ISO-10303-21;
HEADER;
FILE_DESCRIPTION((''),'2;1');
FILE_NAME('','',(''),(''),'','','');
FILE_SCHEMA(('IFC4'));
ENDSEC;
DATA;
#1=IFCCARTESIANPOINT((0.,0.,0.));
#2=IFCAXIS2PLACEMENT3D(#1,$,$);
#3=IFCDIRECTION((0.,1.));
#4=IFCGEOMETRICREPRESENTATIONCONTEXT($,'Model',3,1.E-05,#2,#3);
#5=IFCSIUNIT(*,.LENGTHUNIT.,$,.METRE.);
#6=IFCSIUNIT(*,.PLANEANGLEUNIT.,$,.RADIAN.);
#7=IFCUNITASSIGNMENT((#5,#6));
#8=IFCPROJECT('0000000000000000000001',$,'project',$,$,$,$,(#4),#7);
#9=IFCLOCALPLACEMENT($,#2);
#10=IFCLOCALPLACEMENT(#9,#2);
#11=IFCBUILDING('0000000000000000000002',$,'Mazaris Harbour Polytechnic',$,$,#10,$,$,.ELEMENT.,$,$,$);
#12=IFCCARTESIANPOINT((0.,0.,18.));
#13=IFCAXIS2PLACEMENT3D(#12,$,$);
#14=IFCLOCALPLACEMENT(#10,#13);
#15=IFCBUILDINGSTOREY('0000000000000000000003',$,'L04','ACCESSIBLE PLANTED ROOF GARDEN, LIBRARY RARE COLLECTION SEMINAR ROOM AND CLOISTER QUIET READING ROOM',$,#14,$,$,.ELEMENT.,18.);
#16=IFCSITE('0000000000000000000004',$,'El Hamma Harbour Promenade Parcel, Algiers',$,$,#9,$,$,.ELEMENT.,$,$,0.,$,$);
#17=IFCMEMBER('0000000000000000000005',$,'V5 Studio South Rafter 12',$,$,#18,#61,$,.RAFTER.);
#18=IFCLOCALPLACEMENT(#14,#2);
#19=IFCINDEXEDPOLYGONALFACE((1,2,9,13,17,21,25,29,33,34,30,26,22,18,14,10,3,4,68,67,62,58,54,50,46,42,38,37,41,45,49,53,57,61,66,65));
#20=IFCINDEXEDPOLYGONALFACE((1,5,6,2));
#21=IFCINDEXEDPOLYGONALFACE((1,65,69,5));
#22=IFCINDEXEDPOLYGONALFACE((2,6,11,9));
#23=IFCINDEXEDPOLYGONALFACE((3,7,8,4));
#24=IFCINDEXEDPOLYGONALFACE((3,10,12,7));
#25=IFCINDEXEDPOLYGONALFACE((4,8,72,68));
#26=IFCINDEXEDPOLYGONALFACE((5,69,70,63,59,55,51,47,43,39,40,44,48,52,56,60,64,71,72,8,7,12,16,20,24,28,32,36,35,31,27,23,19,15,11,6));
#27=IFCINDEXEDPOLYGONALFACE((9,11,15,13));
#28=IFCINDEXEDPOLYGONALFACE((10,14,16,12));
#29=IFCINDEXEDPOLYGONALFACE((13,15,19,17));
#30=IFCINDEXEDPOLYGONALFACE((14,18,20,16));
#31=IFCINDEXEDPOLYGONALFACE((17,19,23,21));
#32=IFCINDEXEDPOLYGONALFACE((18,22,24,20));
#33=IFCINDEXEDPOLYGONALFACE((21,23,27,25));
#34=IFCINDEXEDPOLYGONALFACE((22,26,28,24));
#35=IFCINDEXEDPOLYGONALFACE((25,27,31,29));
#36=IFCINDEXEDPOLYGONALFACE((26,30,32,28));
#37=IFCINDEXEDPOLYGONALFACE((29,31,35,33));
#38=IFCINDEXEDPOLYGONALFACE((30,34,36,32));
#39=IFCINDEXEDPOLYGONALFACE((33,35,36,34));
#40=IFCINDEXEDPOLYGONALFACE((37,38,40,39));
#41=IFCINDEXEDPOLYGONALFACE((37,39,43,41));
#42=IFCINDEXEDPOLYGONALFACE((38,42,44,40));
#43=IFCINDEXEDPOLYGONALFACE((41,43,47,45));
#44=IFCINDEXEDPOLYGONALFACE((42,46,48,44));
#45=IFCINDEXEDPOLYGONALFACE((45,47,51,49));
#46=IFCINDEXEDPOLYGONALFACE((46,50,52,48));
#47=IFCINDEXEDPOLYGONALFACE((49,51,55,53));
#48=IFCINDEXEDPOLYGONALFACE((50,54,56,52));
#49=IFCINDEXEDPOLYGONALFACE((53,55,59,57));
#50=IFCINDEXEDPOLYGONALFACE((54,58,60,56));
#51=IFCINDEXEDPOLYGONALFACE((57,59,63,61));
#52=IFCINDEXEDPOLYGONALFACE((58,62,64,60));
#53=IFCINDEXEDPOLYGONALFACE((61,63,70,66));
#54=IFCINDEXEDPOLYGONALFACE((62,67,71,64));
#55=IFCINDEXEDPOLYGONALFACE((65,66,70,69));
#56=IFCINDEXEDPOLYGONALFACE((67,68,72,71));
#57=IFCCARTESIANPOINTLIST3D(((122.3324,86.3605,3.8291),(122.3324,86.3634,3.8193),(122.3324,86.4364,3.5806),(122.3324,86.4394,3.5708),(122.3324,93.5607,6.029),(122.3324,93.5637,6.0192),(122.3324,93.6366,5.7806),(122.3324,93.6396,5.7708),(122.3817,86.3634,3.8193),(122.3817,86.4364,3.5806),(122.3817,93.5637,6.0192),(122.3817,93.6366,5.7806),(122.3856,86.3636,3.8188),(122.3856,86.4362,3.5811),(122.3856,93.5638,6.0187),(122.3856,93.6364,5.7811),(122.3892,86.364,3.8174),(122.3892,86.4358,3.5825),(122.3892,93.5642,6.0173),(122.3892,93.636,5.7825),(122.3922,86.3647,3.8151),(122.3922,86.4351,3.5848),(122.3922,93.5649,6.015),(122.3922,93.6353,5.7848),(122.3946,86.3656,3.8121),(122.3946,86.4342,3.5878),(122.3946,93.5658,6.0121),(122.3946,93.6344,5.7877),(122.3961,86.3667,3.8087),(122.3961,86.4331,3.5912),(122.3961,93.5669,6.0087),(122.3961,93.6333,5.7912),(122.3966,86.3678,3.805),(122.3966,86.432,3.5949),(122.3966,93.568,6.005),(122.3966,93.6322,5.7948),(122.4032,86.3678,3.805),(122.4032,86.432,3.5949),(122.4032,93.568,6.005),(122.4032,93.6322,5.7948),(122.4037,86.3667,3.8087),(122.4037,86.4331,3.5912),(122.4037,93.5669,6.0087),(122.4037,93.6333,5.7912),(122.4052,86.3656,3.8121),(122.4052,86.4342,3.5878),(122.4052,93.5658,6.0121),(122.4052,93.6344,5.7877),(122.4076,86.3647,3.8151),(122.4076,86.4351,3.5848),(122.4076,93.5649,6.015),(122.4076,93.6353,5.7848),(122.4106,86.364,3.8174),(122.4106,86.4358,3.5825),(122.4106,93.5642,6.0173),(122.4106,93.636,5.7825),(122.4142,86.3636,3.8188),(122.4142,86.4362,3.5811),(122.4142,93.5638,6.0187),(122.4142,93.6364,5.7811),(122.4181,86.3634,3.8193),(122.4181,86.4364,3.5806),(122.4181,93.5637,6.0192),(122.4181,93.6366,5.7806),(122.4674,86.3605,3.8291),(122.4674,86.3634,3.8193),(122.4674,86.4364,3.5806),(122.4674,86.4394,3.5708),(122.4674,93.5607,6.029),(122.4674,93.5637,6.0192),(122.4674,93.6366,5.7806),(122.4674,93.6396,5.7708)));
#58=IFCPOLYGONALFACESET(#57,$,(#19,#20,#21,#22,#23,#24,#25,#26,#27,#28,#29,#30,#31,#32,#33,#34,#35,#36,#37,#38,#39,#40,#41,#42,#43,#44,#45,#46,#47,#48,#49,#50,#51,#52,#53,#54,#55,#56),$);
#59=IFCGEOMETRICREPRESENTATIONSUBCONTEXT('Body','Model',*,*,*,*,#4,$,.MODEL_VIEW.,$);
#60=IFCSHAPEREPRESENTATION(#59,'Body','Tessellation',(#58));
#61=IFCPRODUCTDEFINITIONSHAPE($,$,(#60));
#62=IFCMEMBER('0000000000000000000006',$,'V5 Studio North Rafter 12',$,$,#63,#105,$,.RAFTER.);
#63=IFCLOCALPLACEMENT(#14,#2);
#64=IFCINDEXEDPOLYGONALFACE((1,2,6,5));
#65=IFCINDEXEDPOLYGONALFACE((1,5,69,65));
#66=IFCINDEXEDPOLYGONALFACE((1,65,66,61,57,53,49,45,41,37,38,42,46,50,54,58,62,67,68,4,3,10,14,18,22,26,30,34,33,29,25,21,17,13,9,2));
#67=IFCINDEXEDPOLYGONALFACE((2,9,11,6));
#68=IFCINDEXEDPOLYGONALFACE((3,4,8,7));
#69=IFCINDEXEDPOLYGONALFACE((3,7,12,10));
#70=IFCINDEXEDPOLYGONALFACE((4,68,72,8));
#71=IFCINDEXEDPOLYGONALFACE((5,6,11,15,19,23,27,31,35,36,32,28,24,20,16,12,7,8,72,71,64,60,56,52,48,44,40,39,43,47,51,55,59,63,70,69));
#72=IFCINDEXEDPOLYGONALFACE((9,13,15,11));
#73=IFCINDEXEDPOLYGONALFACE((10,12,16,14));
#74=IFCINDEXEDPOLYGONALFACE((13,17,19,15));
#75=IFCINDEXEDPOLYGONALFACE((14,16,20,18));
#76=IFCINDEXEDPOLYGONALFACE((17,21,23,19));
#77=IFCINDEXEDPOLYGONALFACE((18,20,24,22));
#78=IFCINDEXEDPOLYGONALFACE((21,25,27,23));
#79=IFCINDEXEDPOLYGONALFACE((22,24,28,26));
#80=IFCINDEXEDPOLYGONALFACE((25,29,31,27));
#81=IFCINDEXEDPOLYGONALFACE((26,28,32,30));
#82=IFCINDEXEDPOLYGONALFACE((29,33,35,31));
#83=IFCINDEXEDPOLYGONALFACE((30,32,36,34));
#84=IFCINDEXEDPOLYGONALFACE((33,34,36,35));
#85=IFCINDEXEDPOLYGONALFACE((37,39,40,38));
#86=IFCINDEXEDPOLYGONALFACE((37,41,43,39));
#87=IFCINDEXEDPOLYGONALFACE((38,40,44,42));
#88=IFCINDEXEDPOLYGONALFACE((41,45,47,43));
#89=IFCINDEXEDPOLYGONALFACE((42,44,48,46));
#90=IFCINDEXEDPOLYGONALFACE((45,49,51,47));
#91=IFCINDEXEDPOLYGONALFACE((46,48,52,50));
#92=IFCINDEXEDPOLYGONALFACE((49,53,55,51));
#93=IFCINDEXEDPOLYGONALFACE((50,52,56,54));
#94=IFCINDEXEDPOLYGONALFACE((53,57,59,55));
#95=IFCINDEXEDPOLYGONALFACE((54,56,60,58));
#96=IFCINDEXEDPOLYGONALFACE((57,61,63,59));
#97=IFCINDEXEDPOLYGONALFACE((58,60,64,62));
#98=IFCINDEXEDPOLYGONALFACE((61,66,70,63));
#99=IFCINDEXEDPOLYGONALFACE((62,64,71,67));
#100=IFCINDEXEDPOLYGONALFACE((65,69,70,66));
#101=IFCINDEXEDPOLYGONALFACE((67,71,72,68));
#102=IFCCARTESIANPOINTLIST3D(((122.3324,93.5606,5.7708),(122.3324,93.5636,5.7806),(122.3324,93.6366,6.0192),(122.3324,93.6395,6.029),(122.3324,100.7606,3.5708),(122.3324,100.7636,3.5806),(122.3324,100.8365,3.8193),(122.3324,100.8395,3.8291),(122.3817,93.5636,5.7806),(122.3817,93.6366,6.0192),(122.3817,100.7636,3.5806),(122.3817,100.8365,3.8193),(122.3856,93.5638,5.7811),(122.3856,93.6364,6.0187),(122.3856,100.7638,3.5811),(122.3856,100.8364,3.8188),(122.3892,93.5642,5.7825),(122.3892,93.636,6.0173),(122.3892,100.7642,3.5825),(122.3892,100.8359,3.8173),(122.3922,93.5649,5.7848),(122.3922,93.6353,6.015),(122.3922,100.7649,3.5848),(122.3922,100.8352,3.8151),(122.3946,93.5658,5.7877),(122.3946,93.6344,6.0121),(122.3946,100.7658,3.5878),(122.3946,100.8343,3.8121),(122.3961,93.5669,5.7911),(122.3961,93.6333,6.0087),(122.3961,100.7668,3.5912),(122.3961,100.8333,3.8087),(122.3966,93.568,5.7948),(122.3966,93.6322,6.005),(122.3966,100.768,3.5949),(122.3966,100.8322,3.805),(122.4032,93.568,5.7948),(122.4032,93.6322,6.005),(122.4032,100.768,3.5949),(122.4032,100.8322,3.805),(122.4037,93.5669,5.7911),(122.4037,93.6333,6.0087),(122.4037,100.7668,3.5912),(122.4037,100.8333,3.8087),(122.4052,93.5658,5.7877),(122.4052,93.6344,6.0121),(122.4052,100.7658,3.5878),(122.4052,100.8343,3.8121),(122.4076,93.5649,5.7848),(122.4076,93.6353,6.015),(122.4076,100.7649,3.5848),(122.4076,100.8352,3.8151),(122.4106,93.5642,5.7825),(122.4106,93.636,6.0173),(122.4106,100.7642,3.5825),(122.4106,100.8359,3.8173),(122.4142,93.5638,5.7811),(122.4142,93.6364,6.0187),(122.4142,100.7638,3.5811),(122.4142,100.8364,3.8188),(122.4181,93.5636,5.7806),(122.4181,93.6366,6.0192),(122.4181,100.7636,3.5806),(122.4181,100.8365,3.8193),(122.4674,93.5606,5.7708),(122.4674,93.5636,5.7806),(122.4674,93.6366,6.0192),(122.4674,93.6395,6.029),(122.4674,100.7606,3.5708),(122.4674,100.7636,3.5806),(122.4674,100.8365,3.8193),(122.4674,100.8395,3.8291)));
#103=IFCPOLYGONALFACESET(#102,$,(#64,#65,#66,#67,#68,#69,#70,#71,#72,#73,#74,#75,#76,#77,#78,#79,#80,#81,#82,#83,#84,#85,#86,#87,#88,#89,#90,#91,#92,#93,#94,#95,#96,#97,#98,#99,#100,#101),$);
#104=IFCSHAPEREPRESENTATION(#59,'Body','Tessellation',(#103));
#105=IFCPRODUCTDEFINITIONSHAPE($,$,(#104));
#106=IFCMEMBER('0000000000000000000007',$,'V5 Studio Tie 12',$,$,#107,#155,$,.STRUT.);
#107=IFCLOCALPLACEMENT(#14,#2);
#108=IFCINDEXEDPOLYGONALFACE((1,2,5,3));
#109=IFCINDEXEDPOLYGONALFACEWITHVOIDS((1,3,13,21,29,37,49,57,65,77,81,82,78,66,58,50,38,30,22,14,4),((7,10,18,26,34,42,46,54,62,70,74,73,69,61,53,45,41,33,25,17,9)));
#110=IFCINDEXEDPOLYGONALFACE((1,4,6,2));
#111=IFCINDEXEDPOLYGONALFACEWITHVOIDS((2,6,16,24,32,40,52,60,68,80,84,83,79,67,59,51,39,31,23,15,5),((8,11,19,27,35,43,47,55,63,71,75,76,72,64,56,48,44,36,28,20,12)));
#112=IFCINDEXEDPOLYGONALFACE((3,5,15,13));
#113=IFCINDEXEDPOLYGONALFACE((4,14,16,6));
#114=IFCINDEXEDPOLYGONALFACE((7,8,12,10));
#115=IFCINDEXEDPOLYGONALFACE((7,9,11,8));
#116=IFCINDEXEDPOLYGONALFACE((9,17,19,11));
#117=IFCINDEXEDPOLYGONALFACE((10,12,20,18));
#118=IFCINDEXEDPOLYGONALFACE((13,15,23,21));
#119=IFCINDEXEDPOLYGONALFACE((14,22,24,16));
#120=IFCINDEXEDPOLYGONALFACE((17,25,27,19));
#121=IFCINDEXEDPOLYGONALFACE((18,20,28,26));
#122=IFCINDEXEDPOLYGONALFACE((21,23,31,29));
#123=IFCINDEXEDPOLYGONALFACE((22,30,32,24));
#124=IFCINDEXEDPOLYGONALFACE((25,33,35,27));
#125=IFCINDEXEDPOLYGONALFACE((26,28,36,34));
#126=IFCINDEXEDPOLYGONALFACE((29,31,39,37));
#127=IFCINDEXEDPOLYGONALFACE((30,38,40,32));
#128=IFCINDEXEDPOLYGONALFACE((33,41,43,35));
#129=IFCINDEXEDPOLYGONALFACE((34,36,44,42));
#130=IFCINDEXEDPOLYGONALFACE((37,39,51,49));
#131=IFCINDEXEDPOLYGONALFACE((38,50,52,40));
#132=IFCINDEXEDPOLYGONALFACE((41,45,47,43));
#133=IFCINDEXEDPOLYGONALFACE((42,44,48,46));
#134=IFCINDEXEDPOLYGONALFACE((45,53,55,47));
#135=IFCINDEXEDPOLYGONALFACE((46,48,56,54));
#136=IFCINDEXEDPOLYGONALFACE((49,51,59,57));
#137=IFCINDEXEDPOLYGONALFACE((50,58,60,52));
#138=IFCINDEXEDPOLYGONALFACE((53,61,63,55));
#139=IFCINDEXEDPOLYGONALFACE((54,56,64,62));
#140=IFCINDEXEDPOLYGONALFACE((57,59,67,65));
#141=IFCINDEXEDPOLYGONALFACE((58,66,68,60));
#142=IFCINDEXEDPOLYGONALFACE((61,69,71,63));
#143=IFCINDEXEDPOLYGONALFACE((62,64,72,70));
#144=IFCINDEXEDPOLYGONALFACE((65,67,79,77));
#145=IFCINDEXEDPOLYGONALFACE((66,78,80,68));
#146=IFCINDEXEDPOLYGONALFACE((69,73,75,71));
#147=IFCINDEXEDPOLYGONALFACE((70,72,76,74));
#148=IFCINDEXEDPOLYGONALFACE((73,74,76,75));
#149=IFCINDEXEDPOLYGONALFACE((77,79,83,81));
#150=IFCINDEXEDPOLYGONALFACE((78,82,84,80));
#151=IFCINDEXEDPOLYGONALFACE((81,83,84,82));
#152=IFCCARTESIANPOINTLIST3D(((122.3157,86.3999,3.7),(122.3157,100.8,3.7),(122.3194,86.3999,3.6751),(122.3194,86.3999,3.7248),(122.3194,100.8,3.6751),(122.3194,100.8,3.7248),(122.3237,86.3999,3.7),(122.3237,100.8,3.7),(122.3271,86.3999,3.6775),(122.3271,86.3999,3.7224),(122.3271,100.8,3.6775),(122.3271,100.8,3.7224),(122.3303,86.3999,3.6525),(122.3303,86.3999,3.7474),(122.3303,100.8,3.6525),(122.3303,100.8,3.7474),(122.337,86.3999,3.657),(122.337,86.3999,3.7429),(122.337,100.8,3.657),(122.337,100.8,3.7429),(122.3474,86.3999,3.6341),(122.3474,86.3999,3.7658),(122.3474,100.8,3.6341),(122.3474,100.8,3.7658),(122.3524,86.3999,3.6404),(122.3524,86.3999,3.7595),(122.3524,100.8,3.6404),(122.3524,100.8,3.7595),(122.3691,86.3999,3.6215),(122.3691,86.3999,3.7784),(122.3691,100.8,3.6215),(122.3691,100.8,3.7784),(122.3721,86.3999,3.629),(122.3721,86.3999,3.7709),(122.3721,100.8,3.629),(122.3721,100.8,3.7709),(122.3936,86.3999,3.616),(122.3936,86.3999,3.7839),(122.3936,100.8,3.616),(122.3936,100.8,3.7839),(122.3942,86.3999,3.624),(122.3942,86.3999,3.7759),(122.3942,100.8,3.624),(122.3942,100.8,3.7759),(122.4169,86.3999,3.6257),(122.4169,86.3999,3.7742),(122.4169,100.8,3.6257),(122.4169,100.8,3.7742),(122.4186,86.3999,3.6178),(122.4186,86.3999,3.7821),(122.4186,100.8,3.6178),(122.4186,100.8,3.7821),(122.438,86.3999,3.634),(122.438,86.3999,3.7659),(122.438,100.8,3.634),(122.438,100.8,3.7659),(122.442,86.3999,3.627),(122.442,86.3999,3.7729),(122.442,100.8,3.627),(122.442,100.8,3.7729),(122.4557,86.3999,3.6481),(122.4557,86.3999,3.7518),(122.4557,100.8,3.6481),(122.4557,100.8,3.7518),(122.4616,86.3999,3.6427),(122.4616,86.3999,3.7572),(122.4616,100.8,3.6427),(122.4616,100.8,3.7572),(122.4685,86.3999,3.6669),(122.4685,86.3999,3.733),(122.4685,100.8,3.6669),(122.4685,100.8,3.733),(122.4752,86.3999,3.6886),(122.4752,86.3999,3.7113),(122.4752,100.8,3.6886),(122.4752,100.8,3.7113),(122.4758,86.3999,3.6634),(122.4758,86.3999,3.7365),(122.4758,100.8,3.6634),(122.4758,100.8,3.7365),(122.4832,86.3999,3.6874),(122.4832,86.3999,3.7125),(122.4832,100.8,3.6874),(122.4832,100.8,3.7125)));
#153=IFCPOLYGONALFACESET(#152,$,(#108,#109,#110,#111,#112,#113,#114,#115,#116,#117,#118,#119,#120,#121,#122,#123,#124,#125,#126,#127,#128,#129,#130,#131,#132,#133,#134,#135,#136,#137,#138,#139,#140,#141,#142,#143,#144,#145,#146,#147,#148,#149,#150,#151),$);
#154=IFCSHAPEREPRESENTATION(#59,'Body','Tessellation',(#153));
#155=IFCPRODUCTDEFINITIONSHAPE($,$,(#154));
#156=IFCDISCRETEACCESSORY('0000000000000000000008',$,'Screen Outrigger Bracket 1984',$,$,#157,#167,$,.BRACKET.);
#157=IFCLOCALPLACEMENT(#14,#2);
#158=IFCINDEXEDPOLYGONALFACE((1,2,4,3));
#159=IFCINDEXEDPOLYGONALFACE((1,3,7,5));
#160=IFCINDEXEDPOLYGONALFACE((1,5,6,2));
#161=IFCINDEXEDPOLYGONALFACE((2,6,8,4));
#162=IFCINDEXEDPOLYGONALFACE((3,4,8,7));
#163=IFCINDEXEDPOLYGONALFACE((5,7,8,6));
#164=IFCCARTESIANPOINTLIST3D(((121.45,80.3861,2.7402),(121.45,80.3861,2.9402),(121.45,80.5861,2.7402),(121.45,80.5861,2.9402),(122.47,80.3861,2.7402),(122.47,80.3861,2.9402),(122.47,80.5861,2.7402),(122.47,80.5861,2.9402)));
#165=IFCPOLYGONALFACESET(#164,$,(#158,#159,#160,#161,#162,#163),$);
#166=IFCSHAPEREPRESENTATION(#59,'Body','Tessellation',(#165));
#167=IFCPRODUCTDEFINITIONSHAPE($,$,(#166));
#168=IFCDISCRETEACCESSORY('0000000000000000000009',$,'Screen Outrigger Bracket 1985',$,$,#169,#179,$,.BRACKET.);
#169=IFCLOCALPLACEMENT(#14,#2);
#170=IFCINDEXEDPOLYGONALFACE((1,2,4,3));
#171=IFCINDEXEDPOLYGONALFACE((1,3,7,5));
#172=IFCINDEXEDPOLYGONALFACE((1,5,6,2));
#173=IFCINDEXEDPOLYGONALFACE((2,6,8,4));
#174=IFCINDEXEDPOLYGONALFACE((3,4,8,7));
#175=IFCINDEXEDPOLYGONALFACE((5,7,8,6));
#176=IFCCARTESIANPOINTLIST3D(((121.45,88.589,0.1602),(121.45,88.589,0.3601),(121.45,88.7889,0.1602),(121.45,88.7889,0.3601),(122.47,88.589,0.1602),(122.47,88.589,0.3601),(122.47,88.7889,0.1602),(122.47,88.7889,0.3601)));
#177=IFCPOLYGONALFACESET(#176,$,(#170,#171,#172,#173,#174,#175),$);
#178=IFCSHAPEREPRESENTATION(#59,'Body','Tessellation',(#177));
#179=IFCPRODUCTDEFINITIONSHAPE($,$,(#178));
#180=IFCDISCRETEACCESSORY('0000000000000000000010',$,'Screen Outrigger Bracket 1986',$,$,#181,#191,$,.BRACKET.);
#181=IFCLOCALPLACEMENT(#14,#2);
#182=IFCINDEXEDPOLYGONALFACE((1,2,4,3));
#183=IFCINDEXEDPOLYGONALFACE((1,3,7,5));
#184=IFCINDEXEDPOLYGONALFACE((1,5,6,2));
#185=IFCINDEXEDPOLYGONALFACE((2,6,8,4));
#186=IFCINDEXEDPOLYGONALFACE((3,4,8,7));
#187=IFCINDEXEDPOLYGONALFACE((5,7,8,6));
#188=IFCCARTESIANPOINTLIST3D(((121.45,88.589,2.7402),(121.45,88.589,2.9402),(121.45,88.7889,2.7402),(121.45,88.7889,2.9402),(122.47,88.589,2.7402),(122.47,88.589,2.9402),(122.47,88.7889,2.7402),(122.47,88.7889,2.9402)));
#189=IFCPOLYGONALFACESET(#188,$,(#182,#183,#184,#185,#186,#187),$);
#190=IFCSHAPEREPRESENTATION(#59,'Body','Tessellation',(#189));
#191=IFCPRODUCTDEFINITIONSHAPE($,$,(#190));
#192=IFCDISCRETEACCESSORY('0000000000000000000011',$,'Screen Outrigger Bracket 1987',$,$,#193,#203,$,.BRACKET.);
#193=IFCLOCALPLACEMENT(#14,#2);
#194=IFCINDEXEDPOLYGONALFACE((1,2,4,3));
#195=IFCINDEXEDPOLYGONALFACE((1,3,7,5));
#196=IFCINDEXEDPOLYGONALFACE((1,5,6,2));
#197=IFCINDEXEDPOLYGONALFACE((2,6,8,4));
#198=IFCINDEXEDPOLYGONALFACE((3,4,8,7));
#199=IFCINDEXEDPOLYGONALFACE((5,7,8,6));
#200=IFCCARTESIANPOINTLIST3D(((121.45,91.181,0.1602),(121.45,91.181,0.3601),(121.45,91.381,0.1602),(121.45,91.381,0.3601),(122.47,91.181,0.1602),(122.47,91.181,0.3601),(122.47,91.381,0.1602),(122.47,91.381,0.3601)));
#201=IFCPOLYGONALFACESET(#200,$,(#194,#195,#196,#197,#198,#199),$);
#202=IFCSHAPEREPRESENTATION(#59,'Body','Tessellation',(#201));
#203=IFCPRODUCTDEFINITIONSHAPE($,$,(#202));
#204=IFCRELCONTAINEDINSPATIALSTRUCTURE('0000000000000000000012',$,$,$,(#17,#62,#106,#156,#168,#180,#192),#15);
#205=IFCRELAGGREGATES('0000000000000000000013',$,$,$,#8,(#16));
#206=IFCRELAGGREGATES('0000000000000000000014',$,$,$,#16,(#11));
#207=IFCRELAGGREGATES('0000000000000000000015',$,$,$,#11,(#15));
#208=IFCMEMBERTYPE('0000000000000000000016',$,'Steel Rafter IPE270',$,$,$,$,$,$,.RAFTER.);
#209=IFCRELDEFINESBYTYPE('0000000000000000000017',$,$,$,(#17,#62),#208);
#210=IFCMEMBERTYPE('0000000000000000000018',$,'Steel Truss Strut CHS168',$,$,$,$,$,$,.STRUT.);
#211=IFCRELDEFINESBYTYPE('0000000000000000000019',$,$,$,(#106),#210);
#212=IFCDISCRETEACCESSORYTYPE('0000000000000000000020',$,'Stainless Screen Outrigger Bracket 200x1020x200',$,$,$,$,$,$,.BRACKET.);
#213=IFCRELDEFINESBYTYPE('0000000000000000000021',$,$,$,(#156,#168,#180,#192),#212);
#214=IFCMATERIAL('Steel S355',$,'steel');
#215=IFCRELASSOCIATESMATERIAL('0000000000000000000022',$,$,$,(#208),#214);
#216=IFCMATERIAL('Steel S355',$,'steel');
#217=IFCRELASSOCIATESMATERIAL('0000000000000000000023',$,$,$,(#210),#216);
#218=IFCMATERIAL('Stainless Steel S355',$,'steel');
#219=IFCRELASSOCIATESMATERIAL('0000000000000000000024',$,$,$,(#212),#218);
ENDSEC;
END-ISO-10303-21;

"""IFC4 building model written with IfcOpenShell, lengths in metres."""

from ifc_helpers import new_model, si_unit, direction, frame, origin, origin_2d, place, context, subcontext, project, spatial, rectangle, hollow_circle, i_section, extrude, material, material_profile, profile_set, type_object, element, save


model = new_model("IFC4")

# Units and contexts
model_context = context("Model", 3, precision=1e-05, world=origin(), true_north=direction((0.0, 1.0)))
body_context = subcontext(model_context, "Body", "Model", "MODEL_VIEW")
ifc_project = project(units=[si_unit("LENGTHUNIT", "METRE"), si_unit("PLANEANGLEUNIT", "RADIAN")], contexts=[model_context])

# Site, building, storey
site_placement = place(None, origin())
site = spatial("IfcSite", under=ifc_project, at=site_placement, Name="El Hamma Harbour Promenade Parcel, Algiers", CompositionType="ELEMENT", RefElevation=0.0)
building_placement = place(site_placement, origin())
building = spatial("IfcBuilding", under=site, at=building_placement, Name="Mazaris Harbour Polytechnic", CompositionType="ELEMENT")
storey_placement = place(building_placement, frame((0.0, 0.0, 18.0)))
storey = spatial("IfcBuildingStorey", under=building, at=storey_placement, Name="L04", Description="ACCESSIBLE PLANTED ROOF GARDEN, LIBRARY RARE COLLECTION SEMINAR ROOM AND CLOISTER QUIET READING ROOM", CompositionType="ELEMENT", Elevation=18.0)

# Members
ifc_material_1 = material(Name="Steel S355", Category="steel")
ifc_material_profile_1 = material_profile(ifc_material_1, i_section(OverallWidth=0.135, OverallDepth=0.27, WebThickness=0.0066, FlangeThickness=0.0103, FilletRadius=0.0149, at=origin_2d()), Name="IPE 270")
ifc_profile_set_1 = profile_set([ifc_material_profile_1], Name="Steel S355")
member_type_1 = type_object("IfcMemberType", Name="Steel Rafter IPE270", PredefinedType="RAFTER", material=ifc_profile_set_1)
member_1_placement = place(storey_placement, frame((122.3999, 86.3999, 3.7), z_axis=(0.0, 0.956356, 0.292205), x_axis=(-1.0, 0.0, 0.0)))
element("IfcMember", 1, at=member_1_placement, inside=storey, type_object=member_type_1, Name="V5 Studio South Rafter 12", PredefinedType="RAFTER", context=body_context, shape_type="SweptSolid", body=[
    extrude(i_section(OverallWidth=0.135, OverallDepth=0.27, WebThickness=0.0066, FlangeThickness=0.0103, FilletRadius=0.0149, at=origin_2d()), origin(), (0.0, 0.0, 1.0), 7.5288),
])
member_2_placement = place(storey_placement, frame((122.3999, 93.6001, 5.8999), z_axis=(0.0, 0.956353, -0.292214), x_axis=(-1.0, 0.0, 0.0)))
element("IfcMember", 2, at=member_2_placement, inside=storey, type_object=member_type_1, Name="V5 Studio North Rafter 12", PredefinedType="RAFTER", context=body_context, shape_type="SweptSolid", body=[
    extrude(i_section(OverallWidth=0.135, OverallDepth=0.27, WebThickness=0.0066, FlangeThickness=0.0103, FilletRadius=0.0149, at=origin_2d()), origin(), (0.0, 0.0, 1.0), 7.5286),
])
ifc_material_2 = material(Name="Steel S355", Category="steel")
ifc_material_profile_2 = material_profile(ifc_material_2, hollow_circle(Radius=0.0842, WallThickness=0.0081, at=origin_2d()), Name="CHS 168.3x8.0")
ifc_profile_set_2 = profile_set([ifc_material_profile_2], Name="Steel S355")
member_type_2 = type_object("IfcMemberType", Name="Steel Truss Strut CHS168", PredefinedType="STRUT", material=ifc_profile_set_2)
member_3_placement = place(storey_placement, frame((122.3999, 86.3999, 3.7), z_axis=(0.0, 1.0, 0.0), x_axis=(-1.0, 0.0, 0.0)))
element("IfcMember", 3, at=member_3_placement, inside=storey, type_object=member_type_2, Name="V5 Studio Tie 12", PredefinedType="STRUT", context=body_context, shape_type="SweptSolid", body=[
    extrude(hollow_circle(Radius=0.0842, WallThickness=0.0081, at=origin_2d()), origin(), (0.0, 0.0, 1.0), 14.4001),
])

# Discrete accessories
ifc_material_3 = material(Name="Stainless Steel S355", Category="steel")
discrete_accessory_type = type_object("IfcDiscreteAccessoryType", Name="Stainless Screen Outrigger Bracket 200x1020x200", PredefinedType="BRACKET", material=ifc_material_3)
for number, where, z_axis, x_axis, name in (
    (4, (121.96, 80.4861, 2.7402), (0.0, 0.0, 1.0), (0.0, 1.0, 0.0), "Screen Outrigger Bracket 1984"),
    (5, (121.96, 88.689, 0.1602), (0.0, 0.0, 1.0), (0.0, 1.0, 0.0), "Screen Outrigger Bracket 1985"),
    (6, (121.96, 88.689, 2.7402), (0.0, 0.0, 1.0), (0.0, 1.0, 0.0), "Screen Outrigger Bracket 1986"),
    (7, (121.96, 91.281, 0.1602), (0.0, 0.0, 1.0), (0.0, 1.0, 0.0), "Screen Outrigger Bracket 1987"),
):
    element("IfcDiscreteAccessory", number, at=place(storey_placement, frame(where, z_axis=z_axis, x_axis=x_axis)), inside=storey, type_object=discrete_accessory_type, Name=name, PredefinedType="BRACKET", context=body_context, shape_type="SweptSolid", body=[
        extrude(rectangle(XDim=0.2, YDim=1.02, at=origin_2d()), origin(), (0.0, 0.0, 1.0), 0.2),
    ])

save(model, "model.ifc")
